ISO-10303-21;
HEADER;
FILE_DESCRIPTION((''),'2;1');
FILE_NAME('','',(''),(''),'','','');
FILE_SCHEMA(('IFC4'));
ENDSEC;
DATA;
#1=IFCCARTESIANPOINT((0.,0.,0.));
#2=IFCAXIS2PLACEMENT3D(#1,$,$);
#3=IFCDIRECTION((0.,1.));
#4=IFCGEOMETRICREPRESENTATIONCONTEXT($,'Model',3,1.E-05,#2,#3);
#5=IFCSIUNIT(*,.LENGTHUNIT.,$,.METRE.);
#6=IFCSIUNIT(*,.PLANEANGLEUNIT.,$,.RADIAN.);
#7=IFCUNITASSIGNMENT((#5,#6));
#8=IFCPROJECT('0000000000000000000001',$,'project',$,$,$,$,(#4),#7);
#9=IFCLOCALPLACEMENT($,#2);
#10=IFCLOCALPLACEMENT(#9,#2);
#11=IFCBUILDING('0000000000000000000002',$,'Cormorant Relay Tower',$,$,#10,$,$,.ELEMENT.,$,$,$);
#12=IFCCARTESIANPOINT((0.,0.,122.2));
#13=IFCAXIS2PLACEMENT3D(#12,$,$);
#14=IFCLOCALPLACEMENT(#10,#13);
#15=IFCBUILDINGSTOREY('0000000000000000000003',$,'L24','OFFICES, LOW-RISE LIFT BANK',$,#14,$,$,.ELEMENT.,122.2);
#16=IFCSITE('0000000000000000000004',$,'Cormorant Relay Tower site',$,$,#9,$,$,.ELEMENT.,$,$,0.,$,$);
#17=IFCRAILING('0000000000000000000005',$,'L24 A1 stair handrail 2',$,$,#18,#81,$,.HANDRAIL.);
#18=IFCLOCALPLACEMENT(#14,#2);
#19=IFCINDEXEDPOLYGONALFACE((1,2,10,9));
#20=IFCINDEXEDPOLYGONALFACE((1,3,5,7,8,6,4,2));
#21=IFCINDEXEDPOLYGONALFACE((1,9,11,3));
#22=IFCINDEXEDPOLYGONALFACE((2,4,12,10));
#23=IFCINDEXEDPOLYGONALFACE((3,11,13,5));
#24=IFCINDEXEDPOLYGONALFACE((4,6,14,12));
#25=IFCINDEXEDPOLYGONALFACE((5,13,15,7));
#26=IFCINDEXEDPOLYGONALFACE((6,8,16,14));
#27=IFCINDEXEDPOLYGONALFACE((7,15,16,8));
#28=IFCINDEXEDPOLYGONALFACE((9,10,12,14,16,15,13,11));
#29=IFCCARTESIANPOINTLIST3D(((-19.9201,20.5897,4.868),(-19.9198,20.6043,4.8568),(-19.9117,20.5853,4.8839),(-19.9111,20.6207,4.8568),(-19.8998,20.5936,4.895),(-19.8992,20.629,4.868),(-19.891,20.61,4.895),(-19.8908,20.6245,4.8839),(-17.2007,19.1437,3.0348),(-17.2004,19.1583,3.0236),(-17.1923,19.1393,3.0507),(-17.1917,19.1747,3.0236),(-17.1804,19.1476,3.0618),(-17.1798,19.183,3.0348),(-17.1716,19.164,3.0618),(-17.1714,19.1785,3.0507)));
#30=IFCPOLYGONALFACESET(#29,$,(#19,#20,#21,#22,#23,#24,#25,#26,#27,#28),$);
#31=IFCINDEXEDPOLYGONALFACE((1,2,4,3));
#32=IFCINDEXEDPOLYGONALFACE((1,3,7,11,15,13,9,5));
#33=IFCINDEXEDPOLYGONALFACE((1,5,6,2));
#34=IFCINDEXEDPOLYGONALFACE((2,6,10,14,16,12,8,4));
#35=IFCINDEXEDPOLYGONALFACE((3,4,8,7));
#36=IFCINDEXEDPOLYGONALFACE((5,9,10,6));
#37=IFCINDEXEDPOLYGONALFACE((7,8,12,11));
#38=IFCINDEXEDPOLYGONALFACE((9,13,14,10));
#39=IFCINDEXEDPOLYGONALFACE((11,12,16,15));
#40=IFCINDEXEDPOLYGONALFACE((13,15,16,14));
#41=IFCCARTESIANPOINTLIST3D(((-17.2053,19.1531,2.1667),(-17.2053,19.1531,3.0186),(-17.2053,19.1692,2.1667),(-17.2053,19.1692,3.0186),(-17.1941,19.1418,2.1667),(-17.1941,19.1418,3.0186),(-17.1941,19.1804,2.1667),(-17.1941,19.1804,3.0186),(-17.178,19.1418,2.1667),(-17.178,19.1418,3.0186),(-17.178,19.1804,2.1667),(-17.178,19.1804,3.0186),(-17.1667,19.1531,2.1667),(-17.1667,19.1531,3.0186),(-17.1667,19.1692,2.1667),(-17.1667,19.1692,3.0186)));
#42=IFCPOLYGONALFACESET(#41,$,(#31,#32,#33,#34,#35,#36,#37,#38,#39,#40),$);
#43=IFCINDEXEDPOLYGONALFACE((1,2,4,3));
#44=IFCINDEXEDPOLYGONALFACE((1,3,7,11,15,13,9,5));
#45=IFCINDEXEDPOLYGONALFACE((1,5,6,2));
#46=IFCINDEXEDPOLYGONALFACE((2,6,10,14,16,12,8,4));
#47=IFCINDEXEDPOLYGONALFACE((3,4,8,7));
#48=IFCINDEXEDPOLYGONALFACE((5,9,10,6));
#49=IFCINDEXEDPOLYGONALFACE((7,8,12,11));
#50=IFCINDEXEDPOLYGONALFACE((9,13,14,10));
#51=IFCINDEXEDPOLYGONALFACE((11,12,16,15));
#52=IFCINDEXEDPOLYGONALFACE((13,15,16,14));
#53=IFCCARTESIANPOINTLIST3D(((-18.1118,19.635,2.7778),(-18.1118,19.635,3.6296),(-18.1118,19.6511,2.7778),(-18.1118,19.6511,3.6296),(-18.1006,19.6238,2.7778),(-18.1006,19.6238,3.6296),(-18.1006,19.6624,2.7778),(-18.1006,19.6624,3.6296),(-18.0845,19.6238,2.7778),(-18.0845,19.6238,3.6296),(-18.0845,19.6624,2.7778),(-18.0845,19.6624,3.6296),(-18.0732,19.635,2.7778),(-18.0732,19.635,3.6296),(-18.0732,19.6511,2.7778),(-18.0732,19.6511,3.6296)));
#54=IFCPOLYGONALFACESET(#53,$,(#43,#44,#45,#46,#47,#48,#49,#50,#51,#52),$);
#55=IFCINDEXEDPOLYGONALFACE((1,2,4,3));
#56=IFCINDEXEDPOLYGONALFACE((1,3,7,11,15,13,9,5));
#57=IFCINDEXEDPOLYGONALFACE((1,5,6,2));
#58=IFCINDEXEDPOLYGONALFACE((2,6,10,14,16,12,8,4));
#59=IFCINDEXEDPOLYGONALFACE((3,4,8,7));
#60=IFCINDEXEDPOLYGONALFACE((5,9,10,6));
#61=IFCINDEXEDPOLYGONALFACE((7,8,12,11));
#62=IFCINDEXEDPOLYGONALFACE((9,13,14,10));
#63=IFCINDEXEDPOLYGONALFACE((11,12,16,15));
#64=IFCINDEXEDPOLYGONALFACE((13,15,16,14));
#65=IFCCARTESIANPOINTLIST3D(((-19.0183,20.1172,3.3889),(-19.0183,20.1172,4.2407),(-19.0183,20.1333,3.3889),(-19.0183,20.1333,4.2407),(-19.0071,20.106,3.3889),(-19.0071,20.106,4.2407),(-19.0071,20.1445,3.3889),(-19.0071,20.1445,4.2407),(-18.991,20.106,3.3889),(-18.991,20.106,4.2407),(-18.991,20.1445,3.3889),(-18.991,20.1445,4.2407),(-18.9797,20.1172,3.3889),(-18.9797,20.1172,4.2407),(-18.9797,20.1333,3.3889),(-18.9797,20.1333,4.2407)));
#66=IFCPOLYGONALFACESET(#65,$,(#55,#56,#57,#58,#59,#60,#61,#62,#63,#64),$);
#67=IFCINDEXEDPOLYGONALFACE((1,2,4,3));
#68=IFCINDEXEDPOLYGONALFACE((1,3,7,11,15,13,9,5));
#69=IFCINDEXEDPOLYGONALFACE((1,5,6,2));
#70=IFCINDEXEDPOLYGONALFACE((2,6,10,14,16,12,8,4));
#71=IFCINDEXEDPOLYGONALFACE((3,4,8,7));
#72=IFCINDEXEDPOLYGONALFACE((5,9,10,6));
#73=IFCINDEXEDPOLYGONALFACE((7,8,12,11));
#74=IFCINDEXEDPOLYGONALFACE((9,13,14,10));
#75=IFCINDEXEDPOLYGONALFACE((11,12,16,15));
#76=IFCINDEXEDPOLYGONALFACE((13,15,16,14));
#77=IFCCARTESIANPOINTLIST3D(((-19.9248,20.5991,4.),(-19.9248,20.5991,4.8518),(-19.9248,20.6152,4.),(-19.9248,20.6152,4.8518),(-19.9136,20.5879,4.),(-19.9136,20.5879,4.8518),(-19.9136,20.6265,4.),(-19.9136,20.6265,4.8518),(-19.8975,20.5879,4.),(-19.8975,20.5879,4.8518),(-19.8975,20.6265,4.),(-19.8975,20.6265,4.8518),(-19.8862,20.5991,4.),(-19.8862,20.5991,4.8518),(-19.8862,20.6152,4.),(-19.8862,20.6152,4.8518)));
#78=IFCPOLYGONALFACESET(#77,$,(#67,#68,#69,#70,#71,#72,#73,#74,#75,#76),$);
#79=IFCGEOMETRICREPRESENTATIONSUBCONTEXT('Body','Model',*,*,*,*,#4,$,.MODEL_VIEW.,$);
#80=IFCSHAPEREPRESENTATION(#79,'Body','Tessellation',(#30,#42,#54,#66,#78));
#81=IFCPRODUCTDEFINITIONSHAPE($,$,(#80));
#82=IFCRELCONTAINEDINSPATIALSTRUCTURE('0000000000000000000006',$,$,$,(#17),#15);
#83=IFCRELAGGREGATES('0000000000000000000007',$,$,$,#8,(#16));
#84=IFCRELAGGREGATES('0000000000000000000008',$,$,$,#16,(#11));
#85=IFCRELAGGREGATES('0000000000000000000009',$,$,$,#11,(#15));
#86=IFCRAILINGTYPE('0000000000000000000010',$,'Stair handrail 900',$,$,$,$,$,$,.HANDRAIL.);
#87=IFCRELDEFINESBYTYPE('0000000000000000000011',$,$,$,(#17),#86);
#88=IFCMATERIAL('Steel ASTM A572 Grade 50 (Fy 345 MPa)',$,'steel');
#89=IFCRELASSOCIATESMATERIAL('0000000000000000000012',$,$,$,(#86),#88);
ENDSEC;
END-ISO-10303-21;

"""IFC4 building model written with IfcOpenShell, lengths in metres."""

from ifc_helpers import new_model, si_unit, direction, frame, origin, place, context, subcontext, project, spatial, polyline, outline, extrude, material, type_object, element, save


model = new_model("IFC4")

# Units and contexts
model_context = context("Model", 3, precision=1e-05, world=origin(), true_north=direction((0.0, 1.0)))
body_context = subcontext(model_context, "Body", "Model", "MODEL_VIEW")
ifc_project = project(units=[si_unit("LENGTHUNIT", "METRE"), si_unit("PLANEANGLEUNIT", "RADIAN")], contexts=[model_context])

# Site, building, storey
site_placement = place(None, origin())
site = spatial("IfcSite", under=ifc_project, at=site_placement, Name="Cormorant Relay Tower site", CompositionType="ELEMENT", RefElevation=0.0)
building_placement = place(site_placement, origin())
building = spatial("IfcBuilding", under=site, at=building_placement, Name="Cormorant Relay Tower", CompositionType="ELEMENT")
storey_placement = place(building_placement, frame((0.0, 0.0, 122.2)))
storey = spatial("IfcBuildingStorey", under=building, at=storey_placement, Name="L24", Description="OFFICES, LOW-RISE LIFT BANK", CompositionType="ELEMENT", Elevation=122.2)

# Railing
ifc_material_1 = material(Name="Steel ASTM A572 Grade 50 (Fy 345 MPa)", Category="steel")
railing_type_1 = type_object("IfcRailingType", Name="Stair handrail 900", PredefinedType="HANDRAIL", material=ifc_material_1)
railing_1_placement = place(storey_placement, frame((-17.186, 19.1611, 2.1667)))
element("IfcRailing", 1, at=railing_1_placement, inside=storey, type_object=railing_type_1, Name="L24 A1 stair handrail 2", PredefinedType="HANDRAIL", context=body_context, shape_type="SweptSolid", body=[
    extrude(outline(polyline([(0.0222, 0.0093), (0.0093, 0.0222), (-0.0093, 0.0222), (-0.0222, 0.0093), (-0.0222, -0.0093), (-0.0093, -0.0222), (0.0093, -0.0222), (0.0222, -0.0093), (0.0222, 0.0093)])), frame((0.0, 0.0, 0.876), z_axis=(-0.758714, 0.403435, 0.511463), x_axis=(-0.469489, -0.882938, 0.0)), (0.0, 0.0, 1.0), 3.5842),
    extrude(outline(polyline([(0.0193, 0.0081), (0.0081, 0.0193), (-0.0081, 0.0193), (-0.0193, 0.0081), (-0.0193, -0.0081), (-0.0081, -0.0193), (0.0081, -0.0193), (0.0193, -0.0081), (0.0193, 0.0081)])), origin(), (0.0, 0.0, 1.0), 0.8518),
    extrude(outline(polyline([(0.0193, 0.0081), (0.0081, 0.0193), (-0.0081, 0.0193), (-0.0193, 0.0081), (-0.0193, -0.0081), (-0.0081, -0.0193), (0.0081, -0.0193), (0.0193, -0.0081), (0.0193, 0.0081)])), frame((-0.9065, 0.4819, 0.6111)), (0.0, 0.0, 1.0), 0.8518),
    extrude(outline(polyline([(0.0193, 0.0081), (0.0081, 0.0193), (-0.0081, 0.0193), (-0.0193, 0.0081), (-0.0193, -0.0081), (-0.0081, -0.0193), (0.0081, -0.0193), (0.0193, -0.0081), (0.0193, 0.0081)])), frame((-1.813, 0.9641, 1.2222)), (0.0, 0.0, 1.0), 0.8518),
    extrude(outline(polyline([(0.0193, 0.0081), (0.0081, 0.0193), (-0.0081, 0.0193), (-0.0193, 0.0081), (-0.0193, -0.0081), (-0.0081, -0.0193), (0.0081, -0.0193), (0.0193, -0.0081), (0.0193, 0.0081)])), frame((-2.7195, 1.446, 1.8333)), (0.0, 0.0, 1.0), 0.8518),
])

save(model, "model.ifc")
